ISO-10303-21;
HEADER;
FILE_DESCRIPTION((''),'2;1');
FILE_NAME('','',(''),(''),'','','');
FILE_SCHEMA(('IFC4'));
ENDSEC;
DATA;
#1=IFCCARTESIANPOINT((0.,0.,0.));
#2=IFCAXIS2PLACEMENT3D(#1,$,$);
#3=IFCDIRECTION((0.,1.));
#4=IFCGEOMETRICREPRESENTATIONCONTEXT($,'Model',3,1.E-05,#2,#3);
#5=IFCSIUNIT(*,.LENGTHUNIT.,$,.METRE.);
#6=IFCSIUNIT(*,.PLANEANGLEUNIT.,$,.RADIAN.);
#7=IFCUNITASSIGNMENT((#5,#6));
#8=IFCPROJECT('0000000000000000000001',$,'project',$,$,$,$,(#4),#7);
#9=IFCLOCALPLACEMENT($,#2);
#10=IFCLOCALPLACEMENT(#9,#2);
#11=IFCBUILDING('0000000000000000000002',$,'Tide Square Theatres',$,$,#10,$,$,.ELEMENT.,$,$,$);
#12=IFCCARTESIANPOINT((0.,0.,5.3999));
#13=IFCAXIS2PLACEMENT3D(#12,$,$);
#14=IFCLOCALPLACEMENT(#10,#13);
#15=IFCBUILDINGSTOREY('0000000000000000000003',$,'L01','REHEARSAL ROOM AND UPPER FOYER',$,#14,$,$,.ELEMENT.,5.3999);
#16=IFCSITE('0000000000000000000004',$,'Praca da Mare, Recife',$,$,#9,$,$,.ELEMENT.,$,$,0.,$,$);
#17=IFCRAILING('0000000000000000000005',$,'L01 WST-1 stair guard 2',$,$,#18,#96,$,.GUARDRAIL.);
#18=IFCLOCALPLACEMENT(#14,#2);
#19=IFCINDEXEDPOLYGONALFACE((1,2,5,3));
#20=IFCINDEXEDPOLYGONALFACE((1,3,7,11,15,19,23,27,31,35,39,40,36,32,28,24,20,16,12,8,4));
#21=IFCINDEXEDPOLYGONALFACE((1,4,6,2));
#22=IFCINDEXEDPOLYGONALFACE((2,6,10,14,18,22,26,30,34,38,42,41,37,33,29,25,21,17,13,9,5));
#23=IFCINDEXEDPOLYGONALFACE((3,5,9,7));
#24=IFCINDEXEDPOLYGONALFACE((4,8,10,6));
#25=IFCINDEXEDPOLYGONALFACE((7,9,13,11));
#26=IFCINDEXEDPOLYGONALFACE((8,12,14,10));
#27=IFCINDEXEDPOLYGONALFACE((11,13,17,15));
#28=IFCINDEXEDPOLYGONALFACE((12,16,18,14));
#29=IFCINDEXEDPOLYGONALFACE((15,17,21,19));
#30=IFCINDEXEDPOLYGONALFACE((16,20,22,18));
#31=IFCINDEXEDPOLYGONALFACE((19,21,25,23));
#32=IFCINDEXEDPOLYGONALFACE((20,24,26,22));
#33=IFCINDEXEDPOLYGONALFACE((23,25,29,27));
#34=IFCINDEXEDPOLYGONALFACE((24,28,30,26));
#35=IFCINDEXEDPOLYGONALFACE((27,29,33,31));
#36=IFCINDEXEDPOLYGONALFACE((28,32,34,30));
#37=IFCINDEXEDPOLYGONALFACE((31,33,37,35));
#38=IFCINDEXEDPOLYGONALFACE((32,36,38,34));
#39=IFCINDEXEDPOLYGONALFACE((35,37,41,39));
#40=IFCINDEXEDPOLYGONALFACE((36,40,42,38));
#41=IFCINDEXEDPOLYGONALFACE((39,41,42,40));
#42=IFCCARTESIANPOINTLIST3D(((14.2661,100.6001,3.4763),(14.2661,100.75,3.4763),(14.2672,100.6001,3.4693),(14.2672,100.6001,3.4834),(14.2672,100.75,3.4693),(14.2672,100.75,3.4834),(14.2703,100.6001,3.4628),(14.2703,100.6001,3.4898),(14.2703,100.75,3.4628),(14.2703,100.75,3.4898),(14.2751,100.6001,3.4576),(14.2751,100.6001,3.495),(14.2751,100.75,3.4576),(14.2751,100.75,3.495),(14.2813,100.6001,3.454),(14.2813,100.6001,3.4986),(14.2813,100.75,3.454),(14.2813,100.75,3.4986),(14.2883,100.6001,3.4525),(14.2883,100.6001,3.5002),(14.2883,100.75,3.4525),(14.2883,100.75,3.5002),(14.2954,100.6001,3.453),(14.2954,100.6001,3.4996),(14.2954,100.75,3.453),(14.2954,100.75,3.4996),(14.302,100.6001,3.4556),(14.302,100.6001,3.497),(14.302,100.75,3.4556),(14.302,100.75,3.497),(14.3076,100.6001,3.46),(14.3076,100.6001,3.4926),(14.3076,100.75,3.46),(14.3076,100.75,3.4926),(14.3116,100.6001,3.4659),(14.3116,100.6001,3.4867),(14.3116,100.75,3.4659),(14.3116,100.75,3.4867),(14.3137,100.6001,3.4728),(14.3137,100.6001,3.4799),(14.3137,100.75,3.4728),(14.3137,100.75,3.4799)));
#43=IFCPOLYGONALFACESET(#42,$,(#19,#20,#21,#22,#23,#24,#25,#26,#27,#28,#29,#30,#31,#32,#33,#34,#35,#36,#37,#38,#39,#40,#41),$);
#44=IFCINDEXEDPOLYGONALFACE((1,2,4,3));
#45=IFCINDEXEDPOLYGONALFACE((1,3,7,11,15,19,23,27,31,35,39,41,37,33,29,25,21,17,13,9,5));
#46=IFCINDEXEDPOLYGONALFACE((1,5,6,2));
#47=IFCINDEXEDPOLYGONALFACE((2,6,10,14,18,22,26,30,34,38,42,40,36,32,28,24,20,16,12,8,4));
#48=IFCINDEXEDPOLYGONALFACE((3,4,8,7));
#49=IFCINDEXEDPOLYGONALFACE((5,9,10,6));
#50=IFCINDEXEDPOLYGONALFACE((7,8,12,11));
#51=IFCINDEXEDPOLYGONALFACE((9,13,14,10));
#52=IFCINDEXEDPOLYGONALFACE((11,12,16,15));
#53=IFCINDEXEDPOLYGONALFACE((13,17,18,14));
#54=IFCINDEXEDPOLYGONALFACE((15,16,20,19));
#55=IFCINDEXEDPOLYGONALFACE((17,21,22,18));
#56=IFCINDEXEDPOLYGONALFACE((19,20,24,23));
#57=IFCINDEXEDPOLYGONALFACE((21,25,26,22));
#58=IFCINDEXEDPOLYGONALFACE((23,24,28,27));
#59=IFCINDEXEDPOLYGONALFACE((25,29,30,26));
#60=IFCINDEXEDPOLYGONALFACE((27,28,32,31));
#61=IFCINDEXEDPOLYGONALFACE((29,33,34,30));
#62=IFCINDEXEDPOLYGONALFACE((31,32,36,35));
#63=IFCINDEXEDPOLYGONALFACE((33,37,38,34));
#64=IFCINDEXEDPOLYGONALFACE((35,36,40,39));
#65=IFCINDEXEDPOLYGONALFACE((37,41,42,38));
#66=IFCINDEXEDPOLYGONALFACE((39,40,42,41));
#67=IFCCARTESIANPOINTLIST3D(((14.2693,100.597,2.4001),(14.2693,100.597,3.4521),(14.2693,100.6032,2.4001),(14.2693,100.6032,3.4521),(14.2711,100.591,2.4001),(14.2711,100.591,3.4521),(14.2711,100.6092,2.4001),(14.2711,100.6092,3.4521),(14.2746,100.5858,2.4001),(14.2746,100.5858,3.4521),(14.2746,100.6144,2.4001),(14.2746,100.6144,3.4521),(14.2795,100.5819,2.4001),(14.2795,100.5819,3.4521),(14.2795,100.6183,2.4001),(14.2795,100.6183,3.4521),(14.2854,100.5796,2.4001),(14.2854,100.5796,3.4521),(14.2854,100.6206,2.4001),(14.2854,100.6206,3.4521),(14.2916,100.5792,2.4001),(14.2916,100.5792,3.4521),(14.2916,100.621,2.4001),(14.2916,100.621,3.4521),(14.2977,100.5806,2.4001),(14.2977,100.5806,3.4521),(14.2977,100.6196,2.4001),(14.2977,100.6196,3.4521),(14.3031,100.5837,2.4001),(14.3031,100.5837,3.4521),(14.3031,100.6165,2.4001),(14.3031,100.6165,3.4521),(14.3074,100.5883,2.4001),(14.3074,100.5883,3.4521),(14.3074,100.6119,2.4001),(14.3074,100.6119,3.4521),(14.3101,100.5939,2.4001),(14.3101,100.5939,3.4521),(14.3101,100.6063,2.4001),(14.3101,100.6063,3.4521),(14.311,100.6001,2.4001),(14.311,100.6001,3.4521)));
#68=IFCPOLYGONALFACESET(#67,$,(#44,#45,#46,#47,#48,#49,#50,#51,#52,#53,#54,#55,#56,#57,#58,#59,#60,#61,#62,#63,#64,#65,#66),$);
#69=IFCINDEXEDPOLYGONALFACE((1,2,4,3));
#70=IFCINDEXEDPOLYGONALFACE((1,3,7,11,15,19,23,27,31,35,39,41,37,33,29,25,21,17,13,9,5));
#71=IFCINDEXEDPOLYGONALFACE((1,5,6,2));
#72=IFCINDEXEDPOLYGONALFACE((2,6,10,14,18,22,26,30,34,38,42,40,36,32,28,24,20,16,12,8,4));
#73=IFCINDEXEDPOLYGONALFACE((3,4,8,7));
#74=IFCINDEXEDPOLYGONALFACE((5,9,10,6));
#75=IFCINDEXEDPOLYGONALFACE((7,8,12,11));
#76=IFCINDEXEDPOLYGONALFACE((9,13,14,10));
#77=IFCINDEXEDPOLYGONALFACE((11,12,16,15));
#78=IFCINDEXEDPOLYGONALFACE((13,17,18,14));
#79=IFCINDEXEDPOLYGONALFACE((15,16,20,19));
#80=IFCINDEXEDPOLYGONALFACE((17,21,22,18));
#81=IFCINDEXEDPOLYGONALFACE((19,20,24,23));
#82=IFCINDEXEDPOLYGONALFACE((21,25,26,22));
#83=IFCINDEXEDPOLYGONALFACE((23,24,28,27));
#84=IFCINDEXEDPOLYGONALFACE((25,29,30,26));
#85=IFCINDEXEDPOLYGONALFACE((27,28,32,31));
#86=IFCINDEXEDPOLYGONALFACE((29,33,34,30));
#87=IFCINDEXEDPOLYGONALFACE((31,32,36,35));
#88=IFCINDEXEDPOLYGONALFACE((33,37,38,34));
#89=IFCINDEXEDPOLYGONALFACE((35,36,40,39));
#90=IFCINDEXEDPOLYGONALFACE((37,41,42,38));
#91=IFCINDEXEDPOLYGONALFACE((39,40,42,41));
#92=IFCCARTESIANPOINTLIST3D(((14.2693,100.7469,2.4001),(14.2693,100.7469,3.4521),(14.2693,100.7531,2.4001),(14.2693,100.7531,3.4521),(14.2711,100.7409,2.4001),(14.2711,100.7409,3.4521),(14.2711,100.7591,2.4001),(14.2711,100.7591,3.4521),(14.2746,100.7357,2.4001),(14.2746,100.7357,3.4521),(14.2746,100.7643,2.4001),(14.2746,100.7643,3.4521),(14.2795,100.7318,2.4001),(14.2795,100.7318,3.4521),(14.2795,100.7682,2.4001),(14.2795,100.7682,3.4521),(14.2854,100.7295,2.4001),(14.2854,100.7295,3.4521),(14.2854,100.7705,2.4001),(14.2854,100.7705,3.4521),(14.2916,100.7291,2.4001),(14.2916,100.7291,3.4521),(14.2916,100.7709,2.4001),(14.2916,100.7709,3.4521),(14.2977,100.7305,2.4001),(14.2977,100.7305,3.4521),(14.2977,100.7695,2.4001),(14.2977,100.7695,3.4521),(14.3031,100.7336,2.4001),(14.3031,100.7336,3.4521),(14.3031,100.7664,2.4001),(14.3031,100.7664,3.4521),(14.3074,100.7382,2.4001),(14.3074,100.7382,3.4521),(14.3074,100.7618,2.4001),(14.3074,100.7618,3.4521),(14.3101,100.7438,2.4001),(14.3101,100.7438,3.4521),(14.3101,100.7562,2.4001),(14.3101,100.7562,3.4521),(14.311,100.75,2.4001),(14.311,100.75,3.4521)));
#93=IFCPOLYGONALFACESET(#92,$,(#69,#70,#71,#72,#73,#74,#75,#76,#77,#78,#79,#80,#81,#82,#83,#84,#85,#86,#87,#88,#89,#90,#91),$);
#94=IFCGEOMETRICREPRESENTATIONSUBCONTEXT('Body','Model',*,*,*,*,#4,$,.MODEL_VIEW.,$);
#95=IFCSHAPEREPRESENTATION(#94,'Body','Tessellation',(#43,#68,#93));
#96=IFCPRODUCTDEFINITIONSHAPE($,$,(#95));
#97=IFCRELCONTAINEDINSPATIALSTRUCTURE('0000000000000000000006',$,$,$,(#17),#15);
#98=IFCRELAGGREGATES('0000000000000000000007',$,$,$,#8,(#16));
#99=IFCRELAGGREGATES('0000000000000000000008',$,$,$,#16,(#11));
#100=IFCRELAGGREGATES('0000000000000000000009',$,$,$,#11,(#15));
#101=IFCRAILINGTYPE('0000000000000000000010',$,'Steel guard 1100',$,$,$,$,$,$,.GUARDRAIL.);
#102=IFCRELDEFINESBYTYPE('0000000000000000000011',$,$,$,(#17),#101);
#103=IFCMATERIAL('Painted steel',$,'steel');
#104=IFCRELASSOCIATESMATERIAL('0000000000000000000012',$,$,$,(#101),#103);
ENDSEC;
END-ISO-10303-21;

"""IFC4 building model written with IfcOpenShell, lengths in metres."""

from ifc_helpers import new_model, si_unit, direction, frame, origin, origin_2d, place, context, subcontext, project, spatial, circle, extrude, material, type_object, element, save


model = new_model("IFC4")

# Units and contexts
model_context = context("Model", 3, precision=1e-05, world=origin(), true_north=direction((0.0, 1.0)))
body_context = subcontext(model_context, "Body", "Model", "MODEL_VIEW")
ifc_project = project(units=[si_unit("LENGTHUNIT", "METRE"), si_unit("PLANEANGLEUNIT", "RADIAN")], contexts=[model_context])

# Site, building, storey
site_placement = place(None, origin())
site = spatial("IfcSite", under=ifc_project, at=site_placement, Name="Praca da Mare, Recife", CompositionType="ELEMENT", RefElevation=0.0)
building_placement = place(site_placement, origin())
building = spatial("IfcBuilding", under=site, at=building_placement, Name="Tide Square Theatres", CompositionType="ELEMENT")
storey_placement = place(building_placement, frame((0.0, 0.0, 5.3999)))
storey = spatial("IfcBuildingStorey", under=building, at=storey_placement, Name="L01", Description="REHEARSAL ROOM AND UPPER FOYER", CompositionType="ELEMENT", Elevation=5.3999)

# Railing
ifc_material_1 = material(Name="Painted steel", Category="steel")
railing_type_1 = type_object("IfcRailingType", Name="Steel guard 1100", PredefinedType="GUARDRAIL", material=ifc_material_1)
railing_1_placement = place(storey_placement, frame((14.29, 100.6001, 2.4001)))
element("IfcRailing", 1, at=railing_1_placement, inside=storey, type_object=railing_type_1, Name="L01 WST-1 stair guard 2", PredefinedType="GUARDRAIL", context=body_context, shape_type="SweptSolid", body=[
    extrude(circle(Radius=0.0239, at=origin_2d()), frame((0.0, 0.0, 1.0762), z_axis=(0.0, 1.0, 0.0), x_axis=(-1.0, 0.0, 0.0)), (0.0, 0.0, 1.0), 0.1499),
    extrude(circle(Radius=0.021, at=origin_2d()), origin(), (0.0, 0.0, 1.0), 1.052),
    extrude(circle(Radius=0.021, at=origin_2d()), frame((0.0, 0.1499, 0.0)), (0.0, 0.0, 1.0), 1.052),
])

save(model, "model.ifc")
